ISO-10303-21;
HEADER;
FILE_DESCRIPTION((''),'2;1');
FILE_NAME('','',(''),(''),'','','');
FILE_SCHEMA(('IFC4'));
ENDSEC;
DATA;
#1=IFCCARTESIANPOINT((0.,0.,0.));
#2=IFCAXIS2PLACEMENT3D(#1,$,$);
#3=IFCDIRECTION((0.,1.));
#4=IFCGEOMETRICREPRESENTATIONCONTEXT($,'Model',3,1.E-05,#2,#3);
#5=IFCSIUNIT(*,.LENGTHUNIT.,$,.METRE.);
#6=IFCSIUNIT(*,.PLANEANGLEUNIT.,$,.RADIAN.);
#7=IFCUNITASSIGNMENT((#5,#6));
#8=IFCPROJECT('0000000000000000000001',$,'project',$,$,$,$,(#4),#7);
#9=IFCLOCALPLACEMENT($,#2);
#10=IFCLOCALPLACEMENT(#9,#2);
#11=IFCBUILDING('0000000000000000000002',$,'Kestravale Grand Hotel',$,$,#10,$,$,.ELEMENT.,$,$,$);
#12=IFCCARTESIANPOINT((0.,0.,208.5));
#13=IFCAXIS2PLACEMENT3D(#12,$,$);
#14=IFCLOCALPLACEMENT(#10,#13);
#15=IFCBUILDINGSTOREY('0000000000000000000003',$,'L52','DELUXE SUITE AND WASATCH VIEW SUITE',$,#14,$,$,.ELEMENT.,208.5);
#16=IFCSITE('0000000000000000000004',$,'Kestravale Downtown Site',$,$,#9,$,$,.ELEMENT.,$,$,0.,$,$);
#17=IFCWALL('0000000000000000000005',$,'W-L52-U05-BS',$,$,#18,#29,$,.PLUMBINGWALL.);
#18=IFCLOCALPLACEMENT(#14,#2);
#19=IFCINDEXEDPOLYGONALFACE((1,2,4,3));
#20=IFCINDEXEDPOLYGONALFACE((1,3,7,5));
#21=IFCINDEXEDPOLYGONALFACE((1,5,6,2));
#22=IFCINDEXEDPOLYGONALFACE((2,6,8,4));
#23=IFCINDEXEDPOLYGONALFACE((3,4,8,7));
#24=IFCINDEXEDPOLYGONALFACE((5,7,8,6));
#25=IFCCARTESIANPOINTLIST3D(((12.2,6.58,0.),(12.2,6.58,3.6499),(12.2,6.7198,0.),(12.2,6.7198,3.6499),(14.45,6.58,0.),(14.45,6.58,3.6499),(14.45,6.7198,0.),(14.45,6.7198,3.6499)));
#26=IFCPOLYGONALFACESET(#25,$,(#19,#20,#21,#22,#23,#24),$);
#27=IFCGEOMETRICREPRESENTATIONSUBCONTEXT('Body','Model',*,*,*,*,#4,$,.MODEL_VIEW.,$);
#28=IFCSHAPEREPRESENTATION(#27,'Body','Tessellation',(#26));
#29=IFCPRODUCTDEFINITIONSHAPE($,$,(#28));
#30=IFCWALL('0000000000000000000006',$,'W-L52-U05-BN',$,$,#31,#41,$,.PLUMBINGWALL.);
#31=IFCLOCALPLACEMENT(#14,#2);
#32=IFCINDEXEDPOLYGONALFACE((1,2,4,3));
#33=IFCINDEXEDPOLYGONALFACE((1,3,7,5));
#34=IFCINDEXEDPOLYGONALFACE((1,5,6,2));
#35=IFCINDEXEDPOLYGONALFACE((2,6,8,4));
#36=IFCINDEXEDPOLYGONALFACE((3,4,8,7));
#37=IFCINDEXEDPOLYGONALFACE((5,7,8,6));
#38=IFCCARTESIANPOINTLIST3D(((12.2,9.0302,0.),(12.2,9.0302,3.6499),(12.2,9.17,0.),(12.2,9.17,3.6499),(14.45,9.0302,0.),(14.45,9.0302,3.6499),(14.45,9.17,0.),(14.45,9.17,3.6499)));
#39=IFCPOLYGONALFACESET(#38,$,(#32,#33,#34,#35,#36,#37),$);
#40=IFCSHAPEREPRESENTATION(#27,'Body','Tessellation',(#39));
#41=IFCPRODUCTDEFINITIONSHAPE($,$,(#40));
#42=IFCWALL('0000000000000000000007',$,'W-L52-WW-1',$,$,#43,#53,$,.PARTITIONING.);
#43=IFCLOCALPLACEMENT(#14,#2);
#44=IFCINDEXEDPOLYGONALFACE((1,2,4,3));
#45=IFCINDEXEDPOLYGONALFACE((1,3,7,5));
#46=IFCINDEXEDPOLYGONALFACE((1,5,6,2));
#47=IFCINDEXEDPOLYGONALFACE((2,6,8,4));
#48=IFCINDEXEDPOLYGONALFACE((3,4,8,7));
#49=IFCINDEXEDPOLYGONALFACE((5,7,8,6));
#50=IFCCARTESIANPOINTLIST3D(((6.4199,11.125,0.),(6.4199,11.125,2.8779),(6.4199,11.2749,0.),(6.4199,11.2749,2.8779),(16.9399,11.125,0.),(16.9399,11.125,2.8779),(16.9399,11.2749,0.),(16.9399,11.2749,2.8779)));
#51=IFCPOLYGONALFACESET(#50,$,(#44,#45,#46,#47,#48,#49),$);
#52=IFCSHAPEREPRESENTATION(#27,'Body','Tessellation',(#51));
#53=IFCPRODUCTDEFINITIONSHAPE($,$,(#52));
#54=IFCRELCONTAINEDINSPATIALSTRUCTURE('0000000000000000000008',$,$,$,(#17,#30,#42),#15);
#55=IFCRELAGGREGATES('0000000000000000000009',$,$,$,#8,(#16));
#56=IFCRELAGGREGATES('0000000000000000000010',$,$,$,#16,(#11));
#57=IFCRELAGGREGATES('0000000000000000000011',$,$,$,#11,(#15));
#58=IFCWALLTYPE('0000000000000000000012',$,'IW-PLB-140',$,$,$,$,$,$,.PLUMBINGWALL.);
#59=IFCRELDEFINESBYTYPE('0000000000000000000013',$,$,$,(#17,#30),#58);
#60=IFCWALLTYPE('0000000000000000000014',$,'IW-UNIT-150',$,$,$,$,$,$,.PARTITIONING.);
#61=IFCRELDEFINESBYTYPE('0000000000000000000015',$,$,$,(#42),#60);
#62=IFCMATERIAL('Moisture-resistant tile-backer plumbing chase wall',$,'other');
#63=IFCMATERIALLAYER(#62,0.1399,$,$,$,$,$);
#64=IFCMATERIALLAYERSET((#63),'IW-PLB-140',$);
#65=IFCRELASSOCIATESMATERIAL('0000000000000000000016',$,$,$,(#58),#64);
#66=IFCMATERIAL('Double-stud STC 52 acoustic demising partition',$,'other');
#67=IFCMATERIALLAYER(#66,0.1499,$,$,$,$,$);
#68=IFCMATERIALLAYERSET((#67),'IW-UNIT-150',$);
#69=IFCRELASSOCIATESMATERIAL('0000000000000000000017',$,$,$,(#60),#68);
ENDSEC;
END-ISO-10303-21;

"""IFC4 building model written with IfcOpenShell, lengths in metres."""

from ifc_helpers import new_model, si_unit, direction, frame, frame_2d, origin, place, context, subcontext, project, spatial, rectangle, extrude, material, layer, layer_set, type_object, element, save


model = new_model("IFC4")

# Units and contexts
model_context = context("Model", 3, precision=1e-05, world=origin(), true_north=direction((0.0, 1.0)))
body_context = subcontext(model_context, "Body", "Model", "MODEL_VIEW")
ifc_project = project(units=[si_unit("LENGTHUNIT", "METRE"), si_unit("PLANEANGLEUNIT", "RADIAN")], contexts=[model_context])

# Site, building, storey
site_placement = place(None, origin())
site = spatial("IfcSite", under=ifc_project, at=site_placement, Name="Kestravale Downtown Site", CompositionType="ELEMENT", RefElevation=0.0)
building_placement = place(site_placement, origin())
building = spatial("IfcBuilding", under=site, at=building_placement, Name="Kestravale Grand Hotel", CompositionType="ELEMENT")
storey_placement = place(building_placement, frame((0.0, 0.0, 208.5)))
storey = spatial("IfcBuildingStorey", under=building, at=storey_placement, Name="L52", Description="DELUXE SUITE AND WASATCH VIEW SUITE", CompositionType="ELEMENT", Elevation=208.5)

# Shared definitions
ifc_material_1 = material(Name="Moisture-resistant tile-backer plumbing chase wall", Category="other")
ifc_layer_1 = layer(ifc_material_1, 0.1399)
ifc_layer_set_1 = layer_set([ifc_layer_1], Name="IW-PLB-140")
wall_type_1 = type_object("IfcWallType", Name="IW-PLB-140", PredefinedType="PLUMBINGWALL", material=ifc_layer_set_1)

# Walls
for number, where, z_axis, x_axis, name in (
    (1, (12.2, 6.6499, 0.0), (0.0, 0.0, 1.0), (1.0, 0.0, 0.0), "W-L52-U05-BS"),
    (2, (12.2, 9.1001, 0.0), (0.0, 0.0, 1.0), (1.0, 0.0, 0.0), "W-L52-U05-BN"),
):
    element("IfcWall", number, at=place(storey_placement, frame(where, z_axis=z_axis, x_axis=x_axis)), inside=storey, type_object=wall_type_1, Name=name, PredefinedType="PLUMBINGWALL", context=body_context, shape_type="SweptSolid", body=[
        extrude(rectangle(XDim=2.25, YDim=0.1399, at=frame_2d((1.125, 0.0))), origin(), (0.0, 0.0, 1.0), 3.6499),
    ])
ifc_material_2 = material(Name="Double-stud STC 52 acoustic demising partition", Category="other")
ifc_layer_2 = layer(ifc_material_2, 0.1499)
ifc_layer_set_2 = layer_set([ifc_layer_2], Name="IW-UNIT-150")
wall_type_2 = type_object("IfcWallType", Name="IW-UNIT-150", PredefinedType="PARTITIONING", material=ifc_layer_set_2)
wall_1_placement = place(storey_placement, frame((6.4199, 11.2, 0.0), z_axis=(0.0, 0.0, 1.0), x_axis=(1.0, 0.0, 0.0)))
element("IfcWall", 3, at=wall_1_placement, inside=storey, type_object=wall_type_2, Name="W-L52-WW-1", PredefinedType="PARTITIONING", context=body_context, shape_type="SweptSolid", body=[
    extrude(rectangle(XDim=10.52, YDim=0.1499, at=frame_2d((5.26, 0.0))), origin(), (0.0, 0.0, 1.0), 2.8779),
])

save(model, "model.ifc")
